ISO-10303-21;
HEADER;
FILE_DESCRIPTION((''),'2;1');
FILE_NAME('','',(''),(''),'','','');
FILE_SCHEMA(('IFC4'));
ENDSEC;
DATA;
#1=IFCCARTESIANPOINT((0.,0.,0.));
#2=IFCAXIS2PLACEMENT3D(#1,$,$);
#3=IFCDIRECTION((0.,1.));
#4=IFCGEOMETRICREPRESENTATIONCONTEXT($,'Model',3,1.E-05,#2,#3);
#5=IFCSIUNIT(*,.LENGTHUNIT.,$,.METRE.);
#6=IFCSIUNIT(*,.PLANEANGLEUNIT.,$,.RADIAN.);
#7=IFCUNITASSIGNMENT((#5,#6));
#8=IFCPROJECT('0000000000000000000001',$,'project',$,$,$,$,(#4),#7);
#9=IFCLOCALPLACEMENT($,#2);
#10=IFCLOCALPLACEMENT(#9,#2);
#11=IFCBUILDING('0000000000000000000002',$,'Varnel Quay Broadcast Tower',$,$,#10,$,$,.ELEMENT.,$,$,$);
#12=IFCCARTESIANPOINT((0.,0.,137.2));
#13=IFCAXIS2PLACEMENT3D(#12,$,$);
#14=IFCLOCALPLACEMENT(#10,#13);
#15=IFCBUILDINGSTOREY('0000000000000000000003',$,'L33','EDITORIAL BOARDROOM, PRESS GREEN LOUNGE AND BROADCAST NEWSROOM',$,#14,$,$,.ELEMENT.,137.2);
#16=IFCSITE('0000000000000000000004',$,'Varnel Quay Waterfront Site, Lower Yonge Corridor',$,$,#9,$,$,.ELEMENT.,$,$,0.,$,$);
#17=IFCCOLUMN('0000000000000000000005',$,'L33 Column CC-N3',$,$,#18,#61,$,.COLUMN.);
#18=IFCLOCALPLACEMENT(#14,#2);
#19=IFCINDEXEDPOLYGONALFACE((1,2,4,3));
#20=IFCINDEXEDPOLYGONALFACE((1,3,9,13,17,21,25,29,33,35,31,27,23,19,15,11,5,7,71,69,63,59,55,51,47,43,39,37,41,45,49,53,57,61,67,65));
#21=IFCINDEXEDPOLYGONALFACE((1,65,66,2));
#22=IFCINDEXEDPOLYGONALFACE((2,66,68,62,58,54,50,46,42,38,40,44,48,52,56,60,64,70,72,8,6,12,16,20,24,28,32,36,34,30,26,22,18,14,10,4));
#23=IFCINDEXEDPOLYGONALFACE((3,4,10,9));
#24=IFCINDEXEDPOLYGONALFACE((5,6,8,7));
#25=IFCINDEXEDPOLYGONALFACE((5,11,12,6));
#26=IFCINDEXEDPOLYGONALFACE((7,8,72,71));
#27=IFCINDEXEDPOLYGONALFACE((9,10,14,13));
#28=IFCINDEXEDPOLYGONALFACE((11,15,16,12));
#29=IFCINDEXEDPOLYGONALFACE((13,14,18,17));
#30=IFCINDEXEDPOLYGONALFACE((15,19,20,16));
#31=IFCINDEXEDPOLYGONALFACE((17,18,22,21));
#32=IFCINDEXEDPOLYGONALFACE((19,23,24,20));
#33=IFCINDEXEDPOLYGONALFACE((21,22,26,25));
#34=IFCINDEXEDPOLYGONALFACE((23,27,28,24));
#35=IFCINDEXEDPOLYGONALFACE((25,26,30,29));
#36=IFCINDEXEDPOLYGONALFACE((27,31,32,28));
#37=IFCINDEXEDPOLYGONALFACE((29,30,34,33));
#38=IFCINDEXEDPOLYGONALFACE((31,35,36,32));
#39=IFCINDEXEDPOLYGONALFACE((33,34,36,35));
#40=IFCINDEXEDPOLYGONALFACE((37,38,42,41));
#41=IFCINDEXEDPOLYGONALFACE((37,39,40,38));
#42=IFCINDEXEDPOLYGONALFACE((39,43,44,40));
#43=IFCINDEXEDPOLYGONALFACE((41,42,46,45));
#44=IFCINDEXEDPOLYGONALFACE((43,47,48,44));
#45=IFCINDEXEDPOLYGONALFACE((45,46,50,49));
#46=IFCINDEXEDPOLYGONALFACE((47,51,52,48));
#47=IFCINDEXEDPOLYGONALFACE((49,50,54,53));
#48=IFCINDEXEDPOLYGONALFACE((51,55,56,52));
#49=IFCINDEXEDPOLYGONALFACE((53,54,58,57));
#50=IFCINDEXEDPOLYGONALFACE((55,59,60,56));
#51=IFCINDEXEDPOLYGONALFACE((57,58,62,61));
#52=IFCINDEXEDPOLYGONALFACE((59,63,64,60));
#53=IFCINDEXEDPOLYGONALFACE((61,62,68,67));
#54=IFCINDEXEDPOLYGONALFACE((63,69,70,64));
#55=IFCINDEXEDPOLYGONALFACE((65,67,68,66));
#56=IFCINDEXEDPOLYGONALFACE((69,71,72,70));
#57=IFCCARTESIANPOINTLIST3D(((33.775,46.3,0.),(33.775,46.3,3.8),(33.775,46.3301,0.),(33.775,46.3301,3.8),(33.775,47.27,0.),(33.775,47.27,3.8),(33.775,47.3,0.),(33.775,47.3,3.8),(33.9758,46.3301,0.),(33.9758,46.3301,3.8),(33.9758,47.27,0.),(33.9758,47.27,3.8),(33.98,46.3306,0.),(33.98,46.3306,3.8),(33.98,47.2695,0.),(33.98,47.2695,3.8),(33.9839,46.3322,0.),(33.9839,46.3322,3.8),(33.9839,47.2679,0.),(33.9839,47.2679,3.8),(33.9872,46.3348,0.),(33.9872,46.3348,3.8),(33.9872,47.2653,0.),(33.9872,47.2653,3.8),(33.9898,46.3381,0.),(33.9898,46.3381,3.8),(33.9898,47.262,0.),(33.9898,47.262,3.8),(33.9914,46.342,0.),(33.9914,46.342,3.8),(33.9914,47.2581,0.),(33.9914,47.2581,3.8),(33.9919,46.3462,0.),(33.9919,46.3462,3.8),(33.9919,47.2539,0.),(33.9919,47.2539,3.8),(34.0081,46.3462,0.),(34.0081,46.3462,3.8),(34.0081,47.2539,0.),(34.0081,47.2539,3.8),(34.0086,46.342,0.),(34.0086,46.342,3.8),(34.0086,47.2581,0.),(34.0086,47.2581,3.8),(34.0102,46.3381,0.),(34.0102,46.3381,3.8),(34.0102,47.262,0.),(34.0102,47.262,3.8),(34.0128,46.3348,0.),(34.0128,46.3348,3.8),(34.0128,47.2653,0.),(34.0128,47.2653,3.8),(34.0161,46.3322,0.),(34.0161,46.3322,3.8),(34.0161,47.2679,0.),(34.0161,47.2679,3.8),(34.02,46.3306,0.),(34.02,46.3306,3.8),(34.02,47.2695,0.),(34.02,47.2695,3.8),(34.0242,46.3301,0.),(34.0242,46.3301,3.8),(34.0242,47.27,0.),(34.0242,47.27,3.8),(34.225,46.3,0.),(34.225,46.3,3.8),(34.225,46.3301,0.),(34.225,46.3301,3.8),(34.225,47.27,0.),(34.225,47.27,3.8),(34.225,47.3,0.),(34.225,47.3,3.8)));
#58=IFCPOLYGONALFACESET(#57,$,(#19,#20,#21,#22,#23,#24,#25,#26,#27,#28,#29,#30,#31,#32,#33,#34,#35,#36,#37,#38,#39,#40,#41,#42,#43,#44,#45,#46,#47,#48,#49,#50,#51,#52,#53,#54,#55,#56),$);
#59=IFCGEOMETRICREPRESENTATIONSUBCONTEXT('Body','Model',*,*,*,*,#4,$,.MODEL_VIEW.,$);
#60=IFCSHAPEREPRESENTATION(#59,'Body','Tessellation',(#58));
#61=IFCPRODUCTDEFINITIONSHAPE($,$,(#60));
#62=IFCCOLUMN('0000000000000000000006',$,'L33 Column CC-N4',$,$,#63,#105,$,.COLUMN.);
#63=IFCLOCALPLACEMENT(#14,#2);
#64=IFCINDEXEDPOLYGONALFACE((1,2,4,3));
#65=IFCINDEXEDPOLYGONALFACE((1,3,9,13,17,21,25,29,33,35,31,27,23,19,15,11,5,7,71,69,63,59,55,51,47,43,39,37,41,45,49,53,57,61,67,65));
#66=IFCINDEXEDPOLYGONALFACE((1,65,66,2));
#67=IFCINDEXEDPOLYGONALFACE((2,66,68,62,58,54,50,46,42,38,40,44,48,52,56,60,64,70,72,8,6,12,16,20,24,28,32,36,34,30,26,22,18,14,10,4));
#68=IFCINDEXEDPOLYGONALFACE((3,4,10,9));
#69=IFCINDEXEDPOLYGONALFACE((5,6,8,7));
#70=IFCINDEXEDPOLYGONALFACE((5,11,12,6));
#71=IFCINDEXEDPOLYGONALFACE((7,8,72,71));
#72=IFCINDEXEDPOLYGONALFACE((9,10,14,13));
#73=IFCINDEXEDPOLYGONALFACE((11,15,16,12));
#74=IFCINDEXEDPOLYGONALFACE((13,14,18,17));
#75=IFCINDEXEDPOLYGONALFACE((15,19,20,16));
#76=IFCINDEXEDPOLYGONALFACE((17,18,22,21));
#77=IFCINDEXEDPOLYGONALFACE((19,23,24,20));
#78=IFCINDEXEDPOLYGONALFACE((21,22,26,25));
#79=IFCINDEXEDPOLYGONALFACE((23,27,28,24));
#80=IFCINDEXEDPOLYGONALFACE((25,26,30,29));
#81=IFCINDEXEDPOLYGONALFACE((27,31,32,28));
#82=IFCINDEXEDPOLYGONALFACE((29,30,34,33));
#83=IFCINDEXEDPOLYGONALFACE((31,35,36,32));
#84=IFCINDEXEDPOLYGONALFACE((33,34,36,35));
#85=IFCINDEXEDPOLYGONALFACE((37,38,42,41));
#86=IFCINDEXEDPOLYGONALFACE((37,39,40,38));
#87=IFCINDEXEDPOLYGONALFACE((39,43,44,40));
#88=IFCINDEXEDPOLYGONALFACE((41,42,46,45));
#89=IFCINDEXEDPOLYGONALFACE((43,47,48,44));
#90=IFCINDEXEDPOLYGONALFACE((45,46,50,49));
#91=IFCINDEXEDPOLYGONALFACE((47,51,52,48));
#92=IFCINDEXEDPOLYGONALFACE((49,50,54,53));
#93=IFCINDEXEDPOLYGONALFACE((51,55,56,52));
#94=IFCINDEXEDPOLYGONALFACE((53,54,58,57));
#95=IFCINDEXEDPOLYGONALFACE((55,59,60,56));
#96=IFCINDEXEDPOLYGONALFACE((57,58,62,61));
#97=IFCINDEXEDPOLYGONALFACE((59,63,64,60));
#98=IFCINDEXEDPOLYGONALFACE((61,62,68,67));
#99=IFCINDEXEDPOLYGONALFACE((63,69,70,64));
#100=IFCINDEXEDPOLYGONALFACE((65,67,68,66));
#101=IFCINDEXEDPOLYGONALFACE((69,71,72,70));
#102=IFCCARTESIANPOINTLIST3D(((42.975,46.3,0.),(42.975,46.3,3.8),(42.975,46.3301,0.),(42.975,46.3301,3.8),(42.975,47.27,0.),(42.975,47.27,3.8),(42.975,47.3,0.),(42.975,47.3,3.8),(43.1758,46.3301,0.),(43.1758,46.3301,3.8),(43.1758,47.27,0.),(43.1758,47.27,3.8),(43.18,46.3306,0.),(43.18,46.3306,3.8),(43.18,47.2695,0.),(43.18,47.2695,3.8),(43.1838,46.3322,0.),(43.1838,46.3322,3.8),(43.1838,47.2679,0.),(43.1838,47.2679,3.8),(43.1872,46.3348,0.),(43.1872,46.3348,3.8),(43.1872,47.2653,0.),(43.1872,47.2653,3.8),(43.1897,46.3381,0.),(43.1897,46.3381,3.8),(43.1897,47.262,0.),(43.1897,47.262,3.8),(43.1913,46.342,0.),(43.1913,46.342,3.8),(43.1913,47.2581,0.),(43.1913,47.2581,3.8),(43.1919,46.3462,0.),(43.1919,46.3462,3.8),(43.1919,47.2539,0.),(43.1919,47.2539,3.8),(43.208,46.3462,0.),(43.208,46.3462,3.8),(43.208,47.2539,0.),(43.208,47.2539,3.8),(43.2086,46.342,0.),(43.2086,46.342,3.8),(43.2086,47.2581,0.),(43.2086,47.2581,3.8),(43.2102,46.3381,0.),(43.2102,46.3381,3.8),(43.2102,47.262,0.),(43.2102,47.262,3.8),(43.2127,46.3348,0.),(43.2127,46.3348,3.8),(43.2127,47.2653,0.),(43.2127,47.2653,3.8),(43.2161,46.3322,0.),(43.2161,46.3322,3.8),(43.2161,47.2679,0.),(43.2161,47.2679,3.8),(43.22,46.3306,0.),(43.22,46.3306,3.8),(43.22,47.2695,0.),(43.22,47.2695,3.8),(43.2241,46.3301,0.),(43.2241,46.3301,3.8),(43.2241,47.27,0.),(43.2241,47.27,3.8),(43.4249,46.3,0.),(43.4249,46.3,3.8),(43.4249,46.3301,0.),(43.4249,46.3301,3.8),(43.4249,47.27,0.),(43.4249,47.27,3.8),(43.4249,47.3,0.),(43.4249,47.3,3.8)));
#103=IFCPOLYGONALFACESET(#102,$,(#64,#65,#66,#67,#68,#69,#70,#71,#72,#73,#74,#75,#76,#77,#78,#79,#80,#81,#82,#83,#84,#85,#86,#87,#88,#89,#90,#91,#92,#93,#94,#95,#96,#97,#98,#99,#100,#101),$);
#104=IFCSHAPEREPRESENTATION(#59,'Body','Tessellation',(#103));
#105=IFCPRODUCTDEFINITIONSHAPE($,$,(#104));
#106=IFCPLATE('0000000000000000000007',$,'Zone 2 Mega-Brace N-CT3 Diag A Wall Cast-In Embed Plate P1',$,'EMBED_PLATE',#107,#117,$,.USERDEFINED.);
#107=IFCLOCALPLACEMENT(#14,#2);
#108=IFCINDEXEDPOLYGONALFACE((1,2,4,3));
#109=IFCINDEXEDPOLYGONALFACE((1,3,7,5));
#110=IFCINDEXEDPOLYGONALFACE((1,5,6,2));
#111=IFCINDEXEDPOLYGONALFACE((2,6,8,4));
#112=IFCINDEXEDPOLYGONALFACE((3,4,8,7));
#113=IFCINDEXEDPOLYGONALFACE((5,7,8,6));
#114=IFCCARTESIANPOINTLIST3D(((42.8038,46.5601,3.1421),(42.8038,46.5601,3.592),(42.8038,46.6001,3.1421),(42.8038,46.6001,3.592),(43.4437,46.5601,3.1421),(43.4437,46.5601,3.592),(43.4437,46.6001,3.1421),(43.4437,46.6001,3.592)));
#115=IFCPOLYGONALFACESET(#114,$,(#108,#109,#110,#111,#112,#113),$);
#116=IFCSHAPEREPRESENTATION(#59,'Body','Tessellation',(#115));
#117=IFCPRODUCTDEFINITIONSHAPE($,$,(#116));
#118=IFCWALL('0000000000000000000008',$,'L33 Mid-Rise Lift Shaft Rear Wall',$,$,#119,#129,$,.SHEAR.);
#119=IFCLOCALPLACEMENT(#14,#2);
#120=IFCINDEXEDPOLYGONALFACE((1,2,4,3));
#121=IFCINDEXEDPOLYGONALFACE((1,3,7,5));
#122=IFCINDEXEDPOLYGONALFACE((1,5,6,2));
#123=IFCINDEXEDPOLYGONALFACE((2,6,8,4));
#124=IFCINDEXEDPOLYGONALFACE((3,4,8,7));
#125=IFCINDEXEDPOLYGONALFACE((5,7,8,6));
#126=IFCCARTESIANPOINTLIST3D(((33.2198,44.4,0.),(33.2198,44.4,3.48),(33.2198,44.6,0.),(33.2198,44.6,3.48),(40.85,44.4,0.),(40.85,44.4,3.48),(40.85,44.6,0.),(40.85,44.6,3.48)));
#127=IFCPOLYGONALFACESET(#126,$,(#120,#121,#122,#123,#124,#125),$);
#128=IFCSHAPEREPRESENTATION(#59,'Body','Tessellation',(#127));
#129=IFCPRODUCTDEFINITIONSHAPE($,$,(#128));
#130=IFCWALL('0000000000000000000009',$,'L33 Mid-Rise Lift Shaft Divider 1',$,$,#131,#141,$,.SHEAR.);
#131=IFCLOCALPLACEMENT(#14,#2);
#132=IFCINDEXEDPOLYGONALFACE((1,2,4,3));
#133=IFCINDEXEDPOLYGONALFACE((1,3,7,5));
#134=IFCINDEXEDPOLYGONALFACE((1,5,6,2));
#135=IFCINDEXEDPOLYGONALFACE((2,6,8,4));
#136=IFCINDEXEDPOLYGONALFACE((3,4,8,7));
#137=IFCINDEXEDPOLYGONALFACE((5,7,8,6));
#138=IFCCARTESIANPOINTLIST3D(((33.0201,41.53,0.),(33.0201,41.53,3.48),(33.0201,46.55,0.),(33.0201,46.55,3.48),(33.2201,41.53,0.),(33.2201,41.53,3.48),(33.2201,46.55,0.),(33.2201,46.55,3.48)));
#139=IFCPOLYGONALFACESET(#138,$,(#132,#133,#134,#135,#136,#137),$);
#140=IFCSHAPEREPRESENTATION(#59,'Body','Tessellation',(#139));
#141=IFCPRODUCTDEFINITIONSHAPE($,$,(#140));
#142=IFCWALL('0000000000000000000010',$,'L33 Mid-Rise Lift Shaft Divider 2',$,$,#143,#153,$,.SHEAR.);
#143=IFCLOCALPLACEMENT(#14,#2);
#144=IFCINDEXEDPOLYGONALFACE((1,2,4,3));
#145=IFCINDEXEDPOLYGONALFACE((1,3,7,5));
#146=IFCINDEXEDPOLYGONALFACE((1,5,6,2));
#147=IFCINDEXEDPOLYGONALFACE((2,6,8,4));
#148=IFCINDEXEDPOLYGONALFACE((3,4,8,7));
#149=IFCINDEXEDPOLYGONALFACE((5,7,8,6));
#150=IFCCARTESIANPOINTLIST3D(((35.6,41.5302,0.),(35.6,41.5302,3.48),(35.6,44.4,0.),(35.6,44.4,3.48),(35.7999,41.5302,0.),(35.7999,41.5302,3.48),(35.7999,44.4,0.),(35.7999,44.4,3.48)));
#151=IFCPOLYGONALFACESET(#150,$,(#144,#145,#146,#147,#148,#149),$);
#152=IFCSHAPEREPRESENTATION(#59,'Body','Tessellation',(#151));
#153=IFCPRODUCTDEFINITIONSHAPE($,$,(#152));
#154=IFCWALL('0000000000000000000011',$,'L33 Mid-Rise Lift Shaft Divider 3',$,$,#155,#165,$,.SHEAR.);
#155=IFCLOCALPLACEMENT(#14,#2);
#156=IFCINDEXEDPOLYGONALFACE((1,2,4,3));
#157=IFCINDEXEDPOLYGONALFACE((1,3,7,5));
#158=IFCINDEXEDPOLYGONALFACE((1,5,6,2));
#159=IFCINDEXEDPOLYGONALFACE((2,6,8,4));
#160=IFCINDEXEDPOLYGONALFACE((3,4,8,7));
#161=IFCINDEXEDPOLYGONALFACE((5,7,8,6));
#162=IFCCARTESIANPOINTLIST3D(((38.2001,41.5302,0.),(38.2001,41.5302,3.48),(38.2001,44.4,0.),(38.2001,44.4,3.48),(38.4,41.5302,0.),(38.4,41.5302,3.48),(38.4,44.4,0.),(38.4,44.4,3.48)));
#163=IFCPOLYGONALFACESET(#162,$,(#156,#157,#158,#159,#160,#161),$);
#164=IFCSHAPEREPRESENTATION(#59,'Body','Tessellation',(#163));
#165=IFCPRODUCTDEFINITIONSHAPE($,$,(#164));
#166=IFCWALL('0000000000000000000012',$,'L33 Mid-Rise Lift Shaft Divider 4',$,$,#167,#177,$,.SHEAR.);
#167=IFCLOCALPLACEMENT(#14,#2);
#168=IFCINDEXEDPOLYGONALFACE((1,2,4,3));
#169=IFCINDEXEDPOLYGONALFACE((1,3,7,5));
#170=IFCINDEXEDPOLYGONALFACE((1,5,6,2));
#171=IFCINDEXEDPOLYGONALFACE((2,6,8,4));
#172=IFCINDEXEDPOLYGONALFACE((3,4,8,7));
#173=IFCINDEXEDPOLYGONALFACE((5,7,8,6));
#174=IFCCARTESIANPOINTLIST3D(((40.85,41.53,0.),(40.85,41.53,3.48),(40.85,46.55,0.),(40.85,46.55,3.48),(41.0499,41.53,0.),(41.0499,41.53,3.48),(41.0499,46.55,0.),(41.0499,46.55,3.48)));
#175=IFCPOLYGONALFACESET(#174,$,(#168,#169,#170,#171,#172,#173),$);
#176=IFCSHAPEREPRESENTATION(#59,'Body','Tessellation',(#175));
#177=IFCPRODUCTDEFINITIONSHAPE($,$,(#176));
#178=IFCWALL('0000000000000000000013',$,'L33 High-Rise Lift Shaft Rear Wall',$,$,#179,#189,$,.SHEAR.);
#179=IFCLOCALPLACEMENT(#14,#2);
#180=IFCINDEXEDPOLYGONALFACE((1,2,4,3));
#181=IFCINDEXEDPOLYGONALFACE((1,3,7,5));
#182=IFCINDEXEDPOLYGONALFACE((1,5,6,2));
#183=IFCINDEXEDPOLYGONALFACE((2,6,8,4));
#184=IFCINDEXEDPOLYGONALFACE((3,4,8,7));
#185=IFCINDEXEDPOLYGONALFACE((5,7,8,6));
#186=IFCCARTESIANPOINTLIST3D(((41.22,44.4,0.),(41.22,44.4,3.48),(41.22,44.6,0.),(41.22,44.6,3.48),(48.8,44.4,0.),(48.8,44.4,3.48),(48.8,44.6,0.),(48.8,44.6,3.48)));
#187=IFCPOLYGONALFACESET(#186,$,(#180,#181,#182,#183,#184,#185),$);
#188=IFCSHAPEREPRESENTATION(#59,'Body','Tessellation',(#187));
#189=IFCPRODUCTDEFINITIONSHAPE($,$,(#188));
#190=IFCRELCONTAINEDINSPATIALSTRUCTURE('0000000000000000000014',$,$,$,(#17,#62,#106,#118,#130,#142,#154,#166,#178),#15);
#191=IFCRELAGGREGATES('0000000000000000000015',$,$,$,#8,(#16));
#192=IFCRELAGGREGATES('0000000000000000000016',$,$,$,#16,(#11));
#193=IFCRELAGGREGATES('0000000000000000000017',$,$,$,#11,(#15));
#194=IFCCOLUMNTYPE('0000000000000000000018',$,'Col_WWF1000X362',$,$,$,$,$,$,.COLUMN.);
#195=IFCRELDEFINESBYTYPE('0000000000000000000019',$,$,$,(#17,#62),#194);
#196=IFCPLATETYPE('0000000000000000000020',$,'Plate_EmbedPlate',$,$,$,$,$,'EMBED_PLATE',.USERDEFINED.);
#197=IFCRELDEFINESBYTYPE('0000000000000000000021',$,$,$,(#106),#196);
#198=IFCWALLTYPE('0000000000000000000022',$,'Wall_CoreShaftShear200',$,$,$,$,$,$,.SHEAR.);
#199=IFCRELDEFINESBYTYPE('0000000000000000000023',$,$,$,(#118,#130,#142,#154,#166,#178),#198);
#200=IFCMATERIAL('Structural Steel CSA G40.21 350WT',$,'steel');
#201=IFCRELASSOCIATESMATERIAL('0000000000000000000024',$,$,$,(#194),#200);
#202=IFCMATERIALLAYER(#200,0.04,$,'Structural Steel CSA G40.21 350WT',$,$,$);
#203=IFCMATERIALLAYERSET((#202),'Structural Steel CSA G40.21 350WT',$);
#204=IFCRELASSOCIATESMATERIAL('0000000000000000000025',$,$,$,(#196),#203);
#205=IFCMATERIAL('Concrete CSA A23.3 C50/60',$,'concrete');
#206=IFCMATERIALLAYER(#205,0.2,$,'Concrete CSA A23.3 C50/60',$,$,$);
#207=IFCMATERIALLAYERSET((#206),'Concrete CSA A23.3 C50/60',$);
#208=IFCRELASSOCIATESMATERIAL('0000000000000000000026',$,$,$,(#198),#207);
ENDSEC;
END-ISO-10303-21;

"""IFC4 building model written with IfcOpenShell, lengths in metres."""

from ifc_helpers import new_model, si_unit, direction, frame, frame_2d, origin, origin_2d, place, context, subcontext, project, spatial, rectangle, i_section, extrude, source, transform, mapped, material, layer, layer_set, material_profile, profile_set, type_object, type_shapes, element, save


model = new_model("IFC4")

# Units and contexts
model_context = context("Model", 3, precision=1e-05, world=origin(), true_north=direction((0.0, 1.0)))
body_context = subcontext(model_context, "Body", "Model", "MODEL_VIEW")
ifc_project = project(units=[si_unit("LENGTHUNIT", "METRE"), si_unit("PLANEANGLEUNIT", "RADIAN")], contexts=[model_context])

# Site, building, storey
site_placement = place(None, origin())
site = spatial("IfcSite", under=ifc_project, at=site_placement, Name="Varnel Quay Waterfront Site, Lower Yonge Corridor", CompositionType="ELEMENT", RefElevation=0.0)
building_placement = place(site_placement, origin())
building = spatial("IfcBuilding", under=site, at=building_placement, Name="Varnel Quay Broadcast Tower", CompositionType="ELEMENT")
storey_placement = place(building_placement, frame((0.0, 0.0, 137.2)))
storey = spatial("IfcBuildingStorey", under=building, at=storey_placement, Name="L33", Description="EDITORIAL BOARDROOM, PRESS GREEN LOUNGE AND BROADCAST NEWSROOM", CompositionType="ELEMENT", Elevation=137.2)

# Columns
ifc_material_1 = material(Name="Structural Steel CSA G40.21 350WT", Category="steel")
ifc_material_profile = material_profile(ifc_material_1, i_section(OverallWidth=0.45, OverallDepth=1.0, WebThickness=0.0161, FlangeThickness=0.03, FilletRadius=0.0161, at=origin_2d()), Name="WWF1000X362")
ifc_profile_set = profile_set([ifc_material_profile], Name="Structural Steel CSA G40.21 350WT")
column_type = type_object("IfcColumnType", Name="Col_WWF1000X362", PredefinedType="COLUMN", material=ifc_profile_set)
shared_shape_1 = source(origin(), body_context, "Body", "SweptSolid", [
    extrude(i_section(OverallWidth=0.45, OverallDepth=1.0, WebThickness=0.0161, FlangeThickness=0.03, FilletRadius=0.0161, at=origin_2d()), origin(), (0.0, 0.0, 1.0), 3.8),
])
type_shapes(column_type, [shared_shape_1])
for number, where, z_axis, x_axis, name in (
    (1, (34.0, 46.8, 0.0), (0.0, 0.0, 1.0), (1.0, 0.0, 0.0), "L33 Column CC-N3"),
    (2, (43.2, 46.8, 0.0), (0.0, 0.0, 1.0), (1.0, 0.0, 0.0), "L33 Column CC-N4"),
):
    element("IfcColumn", number, at=place(storey_placement, frame(where, z_axis=z_axis, x_axis=x_axis)), inside=storey, type_object=column_type, Name=name, PredefinedType="COLUMN", context=body_context, shape_type="MappedRepresentation", body=[
        mapped(shared_shape_1, transform((0.0, 0.0, 0.0), x_axis=(1.0, 0.0, 0.0), y_axis=(0.0, 1.0, 0.0), z_axis=(0.0, 0.0, 1.0), scale=1.0)),
    ])

# Plate
ifc_layer_1 = layer(ifc_material_1, 0.04, Name="Structural Steel CSA G40.21 350WT")
ifc_layer_set_1 = layer_set([ifc_layer_1], Name="Structural Steel CSA G40.21 350WT")
plate_type = type_object("IfcPlateType", Name="Plate_EmbedPlate", ElementType="EMBED_PLATE", PredefinedType="USERDEFINED", material=ifc_layer_set_1)
shared_shape_2 = source(origin(), body_context, "Body", "SweptSolid", [
    extrude(rectangle(XDim=0.6399, YDim=0.04, at=origin_2d()), origin(), (0.0, 0.0, 1.0), 0.45),
])
type_shapes(plate_type, [shared_shape_2])
plate_placement = place(storey_placement, frame((43.1238, 46.5801, 3.1421), z_axis=(0.0, 0.0, 1.0), x_axis=(1.0, 0.0, 0.0)))
element("IfcPlate", 3, at=plate_placement, inside=storey, type_object=plate_type, Name="Zone 2 Mega-Brace N-CT3 Diag A Wall Cast-In Embed Plate P1", ObjectType="EMBED_PLATE", PredefinedType="USERDEFINED", context=body_context, shape_type="MappedRepresentation", body=[
    mapped(shared_shape_2, transform((0.0, 0.0, 0.0), x_axis=(1.0, 0.0, 0.0), y_axis=(0.0, 1.0, 0.0), z_axis=(0.0, 0.0, 1.0), scale=1.0)),
])

# Walls
ifc_material_2 = material(Name="Concrete CSA A23.3 C50/60", Category="concrete")
ifc_layer_2 = layer(ifc_material_2, 0.2, Name="Concrete CSA A23.3 C50/60")
ifc_layer_set_2 = layer_set([ifc_layer_2], Name="Concrete CSA A23.3 C50/60")
wall_type_1 = type_object("IfcWallType", Name="Wall_CoreShaftShear200", PredefinedType="SHEAR", material=ifc_layer_set_2)
wall_1_placement = place(storey_placement, frame((33.22, 44.5, 0.0), z_axis=(0.0, 0.0, 1.0), x_axis=(1.0, 0.0, 0.0)))
element("IfcWall", 4, at=wall_1_placement, inside=storey, type_object=wall_type_1, Name="L33 Mid-Rise Lift Shaft Rear Wall", PredefinedType="SHEAR", context=body_context, shape_type="SweptSolid", body=[
    extrude(rectangle(XDim=7.6301, YDim=0.2, at=frame_2d((3.8149, 0.0))), origin(), (0.0, 0.0, 1.0), 3.48),
])
wall_2_placement = place(storey_placement, frame((33.1201, 41.53, 0.0), z_axis=(0.0, 0.0, 1.0), x_axis=(0.0, 1.0, 0.0)))
element("IfcWall", 5, at=wall_2_placement, inside=storey, type_object=wall_type_1, Name="L33 Mid-Rise Lift Shaft Divider 1", PredefinedType="SHEAR", context=body_context, shape_type="SweptSolid", body=[
    extrude(rectangle(XDim=5.02, YDim=0.2, at=frame_2d((2.51, 0.0))), origin(), (0.0, 0.0, 1.0), 3.48),
])
for number, where, z_axis, x_axis, name in (
    (6, (35.7, 41.53, 0.0), (0.0, 0.0, 1.0), (0.0, 1.0, 0.0), "L33 Mid-Rise Lift Shaft Divider 2"),
    (7, (38.3, 41.53, 0.0), (0.0, 0.0, 1.0), (0.0, 1.0, 0.0), "L33 Mid-Rise Lift Shaft Divider 3"),
):
    element("IfcWall", number, at=place(storey_placement, frame(where, z_axis=z_axis, x_axis=x_axis)), inside=storey, type_object=wall_type_1, Name=name, PredefinedType="SHEAR", context=body_context, shape_type="SweptSolid", body=[
        extrude(rectangle(XDim=2.8699, YDim=0.2, at=frame_2d((1.4351, 0.0))), origin(), (0.0, 0.0, 1.0), 3.48),
    ])
wall_3_placement = place(storey_placement, frame((40.95, 41.53, 0.0), z_axis=(0.0, 0.0, 1.0), x_axis=(0.0, 1.0, 0.0)))
element("IfcWall", 8, at=wall_3_placement, inside=storey, type_object=wall_type_1, Name="L33 Mid-Rise Lift Shaft Divider 4", PredefinedType="SHEAR", context=body_context, shape_type="SweptSolid", body=[
    extrude(rectangle(XDim=5.02, YDim=0.2, at=frame_2d((2.51, 0.0))), origin(), (0.0, 0.0, 1.0), 3.48),
])
wall_4_placement = place(storey_placement, frame((41.22, 44.5, 0.0), z_axis=(0.0, 0.0, 1.0), x_axis=(1.0, 0.0, 0.0)))
element("IfcWall", 9, at=wall_4_placement, inside=storey, type_object=wall_type_1, Name="L33 High-Rise Lift Shaft Rear Wall", PredefinedType="SHEAR", context=body_context, shape_type="SweptSolid", body=[
    extrude(rectangle(XDim=7.5801, YDim=0.2, at=frame_2d((3.79, 0.0))), origin(), (0.0, 0.0, 1.0), 3.48),
])

save(model, "model.ifc")
